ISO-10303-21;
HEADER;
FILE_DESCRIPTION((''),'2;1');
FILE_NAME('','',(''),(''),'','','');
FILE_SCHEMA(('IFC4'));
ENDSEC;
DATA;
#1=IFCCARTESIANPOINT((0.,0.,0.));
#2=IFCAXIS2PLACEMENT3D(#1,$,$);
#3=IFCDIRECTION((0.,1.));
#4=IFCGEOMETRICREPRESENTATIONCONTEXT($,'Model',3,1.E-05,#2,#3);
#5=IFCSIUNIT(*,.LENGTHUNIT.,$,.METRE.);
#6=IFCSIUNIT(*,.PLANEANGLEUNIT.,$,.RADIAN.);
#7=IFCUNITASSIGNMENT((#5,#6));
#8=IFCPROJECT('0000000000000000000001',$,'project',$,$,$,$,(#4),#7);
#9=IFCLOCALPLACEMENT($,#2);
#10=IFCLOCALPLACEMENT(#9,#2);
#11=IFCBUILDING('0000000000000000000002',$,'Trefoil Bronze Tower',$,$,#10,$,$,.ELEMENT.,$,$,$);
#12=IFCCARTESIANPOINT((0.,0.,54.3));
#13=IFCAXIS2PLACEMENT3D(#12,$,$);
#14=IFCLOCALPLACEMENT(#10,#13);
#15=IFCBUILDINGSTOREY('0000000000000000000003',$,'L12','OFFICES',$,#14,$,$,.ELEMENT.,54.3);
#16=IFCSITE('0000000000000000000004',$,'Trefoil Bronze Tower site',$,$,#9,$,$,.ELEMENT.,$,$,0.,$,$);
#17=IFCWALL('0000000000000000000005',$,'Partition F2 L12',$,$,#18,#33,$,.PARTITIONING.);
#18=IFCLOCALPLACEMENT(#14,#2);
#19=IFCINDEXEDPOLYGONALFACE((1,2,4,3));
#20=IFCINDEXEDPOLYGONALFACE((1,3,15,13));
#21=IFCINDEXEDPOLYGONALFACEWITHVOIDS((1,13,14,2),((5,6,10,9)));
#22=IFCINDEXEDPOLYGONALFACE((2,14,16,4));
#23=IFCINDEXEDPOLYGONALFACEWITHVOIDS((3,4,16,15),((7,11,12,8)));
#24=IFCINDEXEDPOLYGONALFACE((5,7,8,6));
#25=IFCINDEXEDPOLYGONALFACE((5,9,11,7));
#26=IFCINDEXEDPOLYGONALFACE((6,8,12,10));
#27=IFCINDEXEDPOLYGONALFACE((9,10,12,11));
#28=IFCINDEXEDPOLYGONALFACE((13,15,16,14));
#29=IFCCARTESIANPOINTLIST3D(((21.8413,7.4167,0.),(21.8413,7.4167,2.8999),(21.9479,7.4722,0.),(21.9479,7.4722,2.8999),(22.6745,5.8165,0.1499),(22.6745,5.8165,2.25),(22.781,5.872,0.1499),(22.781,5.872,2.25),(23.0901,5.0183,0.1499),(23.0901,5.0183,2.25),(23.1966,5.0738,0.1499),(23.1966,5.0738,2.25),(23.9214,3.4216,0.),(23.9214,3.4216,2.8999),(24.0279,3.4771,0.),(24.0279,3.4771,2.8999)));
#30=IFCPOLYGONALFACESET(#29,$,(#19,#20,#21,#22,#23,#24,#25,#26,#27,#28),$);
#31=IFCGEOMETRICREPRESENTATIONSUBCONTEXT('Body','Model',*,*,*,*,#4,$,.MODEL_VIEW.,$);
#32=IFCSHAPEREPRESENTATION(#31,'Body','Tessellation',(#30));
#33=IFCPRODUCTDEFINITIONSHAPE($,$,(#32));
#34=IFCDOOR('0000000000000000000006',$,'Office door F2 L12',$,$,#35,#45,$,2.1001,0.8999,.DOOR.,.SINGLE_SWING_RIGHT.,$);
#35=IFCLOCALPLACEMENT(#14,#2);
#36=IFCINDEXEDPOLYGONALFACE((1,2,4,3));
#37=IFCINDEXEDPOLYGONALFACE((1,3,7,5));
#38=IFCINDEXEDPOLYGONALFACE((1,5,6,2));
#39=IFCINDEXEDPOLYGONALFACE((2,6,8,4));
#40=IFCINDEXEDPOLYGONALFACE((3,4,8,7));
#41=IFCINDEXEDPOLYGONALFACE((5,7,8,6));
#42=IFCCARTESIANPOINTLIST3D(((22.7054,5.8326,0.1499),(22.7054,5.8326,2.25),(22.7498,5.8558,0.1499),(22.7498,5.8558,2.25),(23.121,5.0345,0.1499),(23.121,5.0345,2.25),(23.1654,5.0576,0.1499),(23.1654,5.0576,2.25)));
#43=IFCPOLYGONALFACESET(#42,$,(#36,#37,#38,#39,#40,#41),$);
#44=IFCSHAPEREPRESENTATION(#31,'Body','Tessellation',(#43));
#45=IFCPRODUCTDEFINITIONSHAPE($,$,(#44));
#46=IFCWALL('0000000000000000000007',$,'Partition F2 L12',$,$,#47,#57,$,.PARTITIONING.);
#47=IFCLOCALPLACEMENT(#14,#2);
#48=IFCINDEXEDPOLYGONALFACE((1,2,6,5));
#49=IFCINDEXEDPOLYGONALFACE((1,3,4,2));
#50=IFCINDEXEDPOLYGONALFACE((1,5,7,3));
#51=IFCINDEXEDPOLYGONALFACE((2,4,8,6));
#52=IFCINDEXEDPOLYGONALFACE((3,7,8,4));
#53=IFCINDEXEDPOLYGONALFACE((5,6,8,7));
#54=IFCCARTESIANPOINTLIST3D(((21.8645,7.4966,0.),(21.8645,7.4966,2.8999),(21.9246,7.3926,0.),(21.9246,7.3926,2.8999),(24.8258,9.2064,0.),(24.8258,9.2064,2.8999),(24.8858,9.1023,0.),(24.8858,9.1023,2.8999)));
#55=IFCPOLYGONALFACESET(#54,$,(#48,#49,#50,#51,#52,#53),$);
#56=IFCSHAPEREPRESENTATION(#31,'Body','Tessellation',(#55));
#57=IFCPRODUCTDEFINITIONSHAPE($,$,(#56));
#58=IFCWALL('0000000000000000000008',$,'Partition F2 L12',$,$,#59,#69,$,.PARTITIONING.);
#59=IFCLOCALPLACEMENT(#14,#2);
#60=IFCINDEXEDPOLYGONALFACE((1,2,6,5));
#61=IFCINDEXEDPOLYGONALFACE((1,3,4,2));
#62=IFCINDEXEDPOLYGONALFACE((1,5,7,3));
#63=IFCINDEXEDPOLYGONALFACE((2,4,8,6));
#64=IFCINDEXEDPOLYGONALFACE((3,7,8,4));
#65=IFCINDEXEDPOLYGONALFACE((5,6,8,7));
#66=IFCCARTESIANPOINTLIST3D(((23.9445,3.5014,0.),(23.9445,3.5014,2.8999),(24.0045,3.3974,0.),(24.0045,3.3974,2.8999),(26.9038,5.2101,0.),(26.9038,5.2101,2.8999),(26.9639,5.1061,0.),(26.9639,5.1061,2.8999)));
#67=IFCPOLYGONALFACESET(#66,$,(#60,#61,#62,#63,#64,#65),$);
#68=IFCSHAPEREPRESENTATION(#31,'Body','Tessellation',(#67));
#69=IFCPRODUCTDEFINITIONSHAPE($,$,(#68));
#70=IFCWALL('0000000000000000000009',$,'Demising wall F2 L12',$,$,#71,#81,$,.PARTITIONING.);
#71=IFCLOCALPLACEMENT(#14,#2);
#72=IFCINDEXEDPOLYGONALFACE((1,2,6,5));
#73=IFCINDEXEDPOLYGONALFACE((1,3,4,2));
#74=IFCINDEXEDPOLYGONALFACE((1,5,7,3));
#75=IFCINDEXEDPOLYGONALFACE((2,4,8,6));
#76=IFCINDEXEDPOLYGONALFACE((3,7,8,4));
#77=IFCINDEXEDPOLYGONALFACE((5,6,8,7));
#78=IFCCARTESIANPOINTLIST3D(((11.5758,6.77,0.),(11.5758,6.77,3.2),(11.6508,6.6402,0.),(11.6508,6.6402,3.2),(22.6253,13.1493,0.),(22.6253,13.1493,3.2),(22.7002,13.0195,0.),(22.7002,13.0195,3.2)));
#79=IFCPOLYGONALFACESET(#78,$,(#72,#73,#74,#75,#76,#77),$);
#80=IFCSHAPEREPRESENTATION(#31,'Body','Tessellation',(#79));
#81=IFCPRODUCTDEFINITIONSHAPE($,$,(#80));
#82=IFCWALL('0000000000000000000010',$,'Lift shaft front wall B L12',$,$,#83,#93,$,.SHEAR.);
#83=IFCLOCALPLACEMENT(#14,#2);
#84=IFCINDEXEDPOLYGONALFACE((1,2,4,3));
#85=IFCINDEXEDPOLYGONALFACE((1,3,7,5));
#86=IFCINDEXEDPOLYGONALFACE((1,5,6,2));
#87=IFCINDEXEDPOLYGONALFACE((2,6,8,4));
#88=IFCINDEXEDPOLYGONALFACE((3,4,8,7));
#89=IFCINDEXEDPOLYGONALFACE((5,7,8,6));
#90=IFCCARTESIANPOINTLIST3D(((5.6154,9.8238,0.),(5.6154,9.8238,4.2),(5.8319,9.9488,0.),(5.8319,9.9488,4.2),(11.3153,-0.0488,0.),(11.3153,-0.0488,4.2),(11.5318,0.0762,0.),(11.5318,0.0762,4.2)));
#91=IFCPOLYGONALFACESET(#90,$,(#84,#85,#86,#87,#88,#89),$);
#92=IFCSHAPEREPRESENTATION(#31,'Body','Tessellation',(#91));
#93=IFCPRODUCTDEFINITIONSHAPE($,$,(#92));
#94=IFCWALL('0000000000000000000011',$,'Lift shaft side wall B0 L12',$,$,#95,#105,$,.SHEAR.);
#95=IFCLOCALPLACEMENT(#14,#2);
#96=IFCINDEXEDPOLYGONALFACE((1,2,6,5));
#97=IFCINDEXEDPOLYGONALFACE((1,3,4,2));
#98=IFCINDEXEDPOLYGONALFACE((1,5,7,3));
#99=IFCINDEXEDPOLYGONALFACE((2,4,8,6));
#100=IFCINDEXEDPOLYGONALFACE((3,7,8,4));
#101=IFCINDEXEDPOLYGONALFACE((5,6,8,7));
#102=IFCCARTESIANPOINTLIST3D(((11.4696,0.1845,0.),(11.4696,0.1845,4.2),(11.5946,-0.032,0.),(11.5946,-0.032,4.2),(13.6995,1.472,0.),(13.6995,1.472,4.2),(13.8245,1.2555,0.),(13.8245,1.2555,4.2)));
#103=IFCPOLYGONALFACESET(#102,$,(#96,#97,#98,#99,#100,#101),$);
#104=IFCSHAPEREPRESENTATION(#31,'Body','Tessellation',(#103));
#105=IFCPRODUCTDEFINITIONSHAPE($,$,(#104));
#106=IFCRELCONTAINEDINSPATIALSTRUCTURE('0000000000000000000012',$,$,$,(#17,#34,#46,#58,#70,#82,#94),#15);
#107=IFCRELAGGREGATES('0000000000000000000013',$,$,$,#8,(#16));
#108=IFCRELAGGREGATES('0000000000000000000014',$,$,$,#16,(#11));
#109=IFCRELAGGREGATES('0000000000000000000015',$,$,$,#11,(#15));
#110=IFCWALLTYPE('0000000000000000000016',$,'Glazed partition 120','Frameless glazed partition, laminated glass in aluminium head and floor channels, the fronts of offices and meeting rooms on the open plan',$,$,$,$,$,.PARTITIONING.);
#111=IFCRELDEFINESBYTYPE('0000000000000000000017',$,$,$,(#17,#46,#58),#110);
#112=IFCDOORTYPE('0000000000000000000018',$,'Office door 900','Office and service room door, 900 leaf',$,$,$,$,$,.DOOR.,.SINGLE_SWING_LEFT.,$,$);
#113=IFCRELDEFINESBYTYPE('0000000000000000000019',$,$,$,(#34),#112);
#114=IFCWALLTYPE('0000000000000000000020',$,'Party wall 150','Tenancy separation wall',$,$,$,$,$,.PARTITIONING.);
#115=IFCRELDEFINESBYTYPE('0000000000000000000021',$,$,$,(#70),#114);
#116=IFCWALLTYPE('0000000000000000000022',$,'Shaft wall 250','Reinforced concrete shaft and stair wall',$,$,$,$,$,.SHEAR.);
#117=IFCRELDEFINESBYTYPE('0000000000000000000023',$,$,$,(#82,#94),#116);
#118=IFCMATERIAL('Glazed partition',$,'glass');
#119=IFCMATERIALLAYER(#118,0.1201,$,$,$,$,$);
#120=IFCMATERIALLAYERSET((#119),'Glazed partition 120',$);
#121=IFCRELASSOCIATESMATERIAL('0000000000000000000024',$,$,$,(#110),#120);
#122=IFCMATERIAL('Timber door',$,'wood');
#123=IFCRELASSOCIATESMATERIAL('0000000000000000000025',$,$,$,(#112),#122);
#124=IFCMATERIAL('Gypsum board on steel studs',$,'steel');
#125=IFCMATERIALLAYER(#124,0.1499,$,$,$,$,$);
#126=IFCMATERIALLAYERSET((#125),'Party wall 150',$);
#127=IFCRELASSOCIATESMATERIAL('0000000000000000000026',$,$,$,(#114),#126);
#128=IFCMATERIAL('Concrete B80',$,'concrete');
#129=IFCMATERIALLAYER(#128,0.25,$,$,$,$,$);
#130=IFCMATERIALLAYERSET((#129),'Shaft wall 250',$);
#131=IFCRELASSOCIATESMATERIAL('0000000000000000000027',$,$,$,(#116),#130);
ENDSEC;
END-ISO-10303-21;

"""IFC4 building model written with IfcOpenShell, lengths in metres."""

from ifc_helpers import new_model, si_unit, direction, frame, frame_2d, origin, place, context, subcontext, project, spatial, rectangle, extrude, material, layer, layer_set, type_object, element, fill, save


model = new_model("IFC4")

# Units and contexts
model_context = context("Model", 3, precision=1e-05, world=origin(), true_north=direction((0.0, 1.0)))
body_context = subcontext(model_context, "Body", "Model", "MODEL_VIEW")
ifc_project = project(units=[si_unit("LENGTHUNIT", "METRE"), si_unit("PLANEANGLEUNIT", "RADIAN")], contexts=[model_context])

# Site, building, storey
site_placement = place(None, origin())
site = spatial("IfcSite", under=ifc_project, at=site_placement, Name="Trefoil Bronze Tower site", CompositionType="ELEMENT", RefElevation=0.0)
building_placement = place(site_placement, origin())
building = spatial("IfcBuilding", under=site, at=building_placement, Name="Trefoil Bronze Tower", CompositionType="ELEMENT")
storey_placement = place(building_placement, frame((0.0, 0.0, 54.3)))
storey = spatial("IfcBuildingStorey", under=building, at=storey_placement, Name="L12", Description="OFFICES", CompositionType="ELEMENT", Elevation=54.3)

# Shared definitions
ifc_material_1 = material(Name="Glazed partition", Category="glass")
ifc_layer_1 = layer(ifc_material_1, 0.1201)
ifc_layer_set_1 = layer_set([ifc_layer_1], Name="Glazed partition 120")
wall_type_1 = type_object("IfcWallType", Name="Glazed partition 120", Description="Frameless glazed partition, laminated glass in aluminium head and floor channels, the fronts of offices and meeting rooms on the open plan", PredefinedType="PARTITIONING", material=ifc_layer_set_1)
ifc_material_2 = material(Name="Timber door", Category="wood")
door_type_1 = type_object("IfcDoorType", Name="Office door 900", Description="Office and service room door, 900 leaf", OperationType="SINGLE_SWING_LEFT", PredefinedType="DOOR", material=ifc_material_2)

# Wall, opening, door
wall_1_placement = place(storey_placement, frame((23.9746, 3.4495, 0.0), z_axis=(0.0, 0.0, 1.0), x_axis=(-0.46181, 0.886979, 0.0)))
wall_1 = element("IfcWall", 1, at=wall_1_placement, inside=storey, type_object=wall_type_1, Name="Partition F2 L12", PredefinedType="PARTITIONING", context=body_context, shape_type="SweptSolid", body=[
    extrude(rectangle(XDim=4.5042, YDim=0.1201, at=frame_2d((2.252, 0.0))), origin(), (0.0, 0.0, 1.0), 2.8999),
])
opening_1_placement = place(wall_1_placement, frame((1.8, 0.0, 0.1499)))
opening_1 = element("IfcOpeningElement", 2, at=opening_1_placement, cuts=wall_1, PredefinedType="OPENING", context=body_context, shape_type="SweptSolid", body=[
    extrude(rectangle(XDim=0.8999, YDim=2.1001, at=frame_2d((0.45, 1.05))), frame((0.0, 0.0701, 0.0), z_axis=(0.0, -1.0, 0.0), x_axis=(1.0, 0.0, 0.0)), (0.0, 0.0, 1.0), 0.1401),
])
door_1_placement = place(opening_1_placement, frame((0.8999, 0.0, 0.0), z_axis=(0.0, 0.0, 1.0), x_axis=(-1.0, 0.0, 0.0)))
door_1 = element("IfcDoor", 3, at=door_1_placement, inside=storey, type_object=door_type_1, Name="Office door F2 L12", OperationType="SINGLE_SWING_RIGHT", OverallHeight=2.1001, OverallWidth=0.8999, PredefinedType="DOOR", context=body_context, shape_type="SweptSolid", body=[
    extrude(rectangle(XDim=0.8999, YDim=2.1001, at=frame_2d((0.45, 1.05))), frame((0.0, 0.0249, 0.0), z_axis=(0.0, -1.0, 0.0), x_axis=(1.0, 0.0, 0.0)), (0.0, 0.0, 1.0), 0.05),
])
fill(opening_1, door_1)

# Walls
wall_2_placement = place(storey_placement, frame((21.8945, 7.4446, 0.0), z_axis=(0.0, 0.0, 1.0), x_axis=(0.866016, 0.500017, 0.0)))
element("IfcWall", 4, at=wall_2_placement, inside=storey, type_object=wall_type_1, Name="Partition F2 L12", PredefinedType="PARTITIONING", context=body_context, shape_type="SweptSolid", body=[
    extrude(rectangle(XDim=3.4194, YDim=0.1201, at=frame_2d((1.7097, 0.0))), origin(), (0.0, 0.0, 1.0), 2.8999),
])
wall_3_placement = place(storey_placement, frame((23.9746, 3.4495, 0.0), z_axis=(0.0, 0.0, 1.0), x_axis=(0.866014, 0.500019, 0.0)))
element("IfcWall", 5, at=wall_3_placement, inside=storey, type_object=wall_type_1, Name="Partition F2 L12", PredefinedType="PARTITIONING", context=body_context, shape_type="SweptSolid", body=[
    extrude(rectangle(XDim=3.4172, YDim=0.1201, at=frame_2d((1.7085, 0.0))), origin(), (0.0, 0.0, 1.0), 2.8999),
])
ifc_material_3 = material(Name="Gypsum board on steel studs", Category="steel")
ifc_layer_2 = layer(ifc_material_3, 0.1499)
ifc_layer_set_2 = layer_set([ifc_layer_2], Name="Party wall 150")
wall_type_2 = type_object("IfcWallType", Name="Party wall 150", Description="Tenancy separation wall", PredefinedType="PARTITIONING", material=ifc_layer_set_2)
wall_4_placement = place(storey_placement, frame((11.6133, 6.7051, 0.0), z_axis=(0.0, 0.0, 1.0), x_axis=(0.866028, 0.499996, 0.0)))
element("IfcWall", 6, at=wall_4_placement, inside=storey, type_object=wall_type_2, Name="Demising wall F2 L12", PredefinedType="PARTITIONING", context=body_context, shape_type="SweptSolid", body=[
    extrude(rectangle(XDim=12.7588, YDim=0.1499, at=frame_2d((6.3794, 0.0))), origin(), (0.0, 0.0, 1.0), 3.2),
])
ifc_material_4 = material(Name="Concrete B80", Category="concrete")
ifc_layer_3 = layer(ifc_material_4, 0.25)
ifc_layer_set_3 = layer_set([ifc_layer_3], Name="Shaft wall 250")
wall_type_3 = type_object("IfcWallType", Name="Shaft wall 250", Description="Reinforced concrete shaft and stair wall", PredefinedType="SHEAR", material=ifc_layer_set_3)
wall_5_placement = place(storey_placement, frame((11.4236, 0.0137, 0.0), z_axis=(0.0, 0.0, 1.0), x_axis=(-0.500002, 0.866024, 0.0)))
element("IfcWall", 7, at=wall_5_placement, inside=storey, type_object=wall_type_3, Name="Lift shaft front wall B L12", PredefinedType="SHEAR", context=body_context, shape_type="SweptSolid", body=[
    extrude(rectangle(XDim=11.3999, YDim=0.25, at=frame_2d((5.7, 0.0))), origin(), (0.0, 0.0, 1.0), 4.2),
])
wall_6_placement = place(storey_placement, frame((11.532, 0.0762, 0.0), z_axis=(0.0, 0.0, 1.0), x_axis=(0.866006, 0.500034, 0.0)))
element("IfcWall", 8, at=wall_6_placement, inside=storey, type_object=wall_type_3, Name="Lift shaft side wall B0 L12", PredefinedType="SHEAR", context=body_context, shape_type="SweptSolid", body=[
    extrude(rectangle(XDim=2.575, YDim=0.25, at=frame_2d((1.2876, 0.0))), origin(), (0.0, 0.0, 1.0), 4.2),
])

save(model, "model.ifc")
